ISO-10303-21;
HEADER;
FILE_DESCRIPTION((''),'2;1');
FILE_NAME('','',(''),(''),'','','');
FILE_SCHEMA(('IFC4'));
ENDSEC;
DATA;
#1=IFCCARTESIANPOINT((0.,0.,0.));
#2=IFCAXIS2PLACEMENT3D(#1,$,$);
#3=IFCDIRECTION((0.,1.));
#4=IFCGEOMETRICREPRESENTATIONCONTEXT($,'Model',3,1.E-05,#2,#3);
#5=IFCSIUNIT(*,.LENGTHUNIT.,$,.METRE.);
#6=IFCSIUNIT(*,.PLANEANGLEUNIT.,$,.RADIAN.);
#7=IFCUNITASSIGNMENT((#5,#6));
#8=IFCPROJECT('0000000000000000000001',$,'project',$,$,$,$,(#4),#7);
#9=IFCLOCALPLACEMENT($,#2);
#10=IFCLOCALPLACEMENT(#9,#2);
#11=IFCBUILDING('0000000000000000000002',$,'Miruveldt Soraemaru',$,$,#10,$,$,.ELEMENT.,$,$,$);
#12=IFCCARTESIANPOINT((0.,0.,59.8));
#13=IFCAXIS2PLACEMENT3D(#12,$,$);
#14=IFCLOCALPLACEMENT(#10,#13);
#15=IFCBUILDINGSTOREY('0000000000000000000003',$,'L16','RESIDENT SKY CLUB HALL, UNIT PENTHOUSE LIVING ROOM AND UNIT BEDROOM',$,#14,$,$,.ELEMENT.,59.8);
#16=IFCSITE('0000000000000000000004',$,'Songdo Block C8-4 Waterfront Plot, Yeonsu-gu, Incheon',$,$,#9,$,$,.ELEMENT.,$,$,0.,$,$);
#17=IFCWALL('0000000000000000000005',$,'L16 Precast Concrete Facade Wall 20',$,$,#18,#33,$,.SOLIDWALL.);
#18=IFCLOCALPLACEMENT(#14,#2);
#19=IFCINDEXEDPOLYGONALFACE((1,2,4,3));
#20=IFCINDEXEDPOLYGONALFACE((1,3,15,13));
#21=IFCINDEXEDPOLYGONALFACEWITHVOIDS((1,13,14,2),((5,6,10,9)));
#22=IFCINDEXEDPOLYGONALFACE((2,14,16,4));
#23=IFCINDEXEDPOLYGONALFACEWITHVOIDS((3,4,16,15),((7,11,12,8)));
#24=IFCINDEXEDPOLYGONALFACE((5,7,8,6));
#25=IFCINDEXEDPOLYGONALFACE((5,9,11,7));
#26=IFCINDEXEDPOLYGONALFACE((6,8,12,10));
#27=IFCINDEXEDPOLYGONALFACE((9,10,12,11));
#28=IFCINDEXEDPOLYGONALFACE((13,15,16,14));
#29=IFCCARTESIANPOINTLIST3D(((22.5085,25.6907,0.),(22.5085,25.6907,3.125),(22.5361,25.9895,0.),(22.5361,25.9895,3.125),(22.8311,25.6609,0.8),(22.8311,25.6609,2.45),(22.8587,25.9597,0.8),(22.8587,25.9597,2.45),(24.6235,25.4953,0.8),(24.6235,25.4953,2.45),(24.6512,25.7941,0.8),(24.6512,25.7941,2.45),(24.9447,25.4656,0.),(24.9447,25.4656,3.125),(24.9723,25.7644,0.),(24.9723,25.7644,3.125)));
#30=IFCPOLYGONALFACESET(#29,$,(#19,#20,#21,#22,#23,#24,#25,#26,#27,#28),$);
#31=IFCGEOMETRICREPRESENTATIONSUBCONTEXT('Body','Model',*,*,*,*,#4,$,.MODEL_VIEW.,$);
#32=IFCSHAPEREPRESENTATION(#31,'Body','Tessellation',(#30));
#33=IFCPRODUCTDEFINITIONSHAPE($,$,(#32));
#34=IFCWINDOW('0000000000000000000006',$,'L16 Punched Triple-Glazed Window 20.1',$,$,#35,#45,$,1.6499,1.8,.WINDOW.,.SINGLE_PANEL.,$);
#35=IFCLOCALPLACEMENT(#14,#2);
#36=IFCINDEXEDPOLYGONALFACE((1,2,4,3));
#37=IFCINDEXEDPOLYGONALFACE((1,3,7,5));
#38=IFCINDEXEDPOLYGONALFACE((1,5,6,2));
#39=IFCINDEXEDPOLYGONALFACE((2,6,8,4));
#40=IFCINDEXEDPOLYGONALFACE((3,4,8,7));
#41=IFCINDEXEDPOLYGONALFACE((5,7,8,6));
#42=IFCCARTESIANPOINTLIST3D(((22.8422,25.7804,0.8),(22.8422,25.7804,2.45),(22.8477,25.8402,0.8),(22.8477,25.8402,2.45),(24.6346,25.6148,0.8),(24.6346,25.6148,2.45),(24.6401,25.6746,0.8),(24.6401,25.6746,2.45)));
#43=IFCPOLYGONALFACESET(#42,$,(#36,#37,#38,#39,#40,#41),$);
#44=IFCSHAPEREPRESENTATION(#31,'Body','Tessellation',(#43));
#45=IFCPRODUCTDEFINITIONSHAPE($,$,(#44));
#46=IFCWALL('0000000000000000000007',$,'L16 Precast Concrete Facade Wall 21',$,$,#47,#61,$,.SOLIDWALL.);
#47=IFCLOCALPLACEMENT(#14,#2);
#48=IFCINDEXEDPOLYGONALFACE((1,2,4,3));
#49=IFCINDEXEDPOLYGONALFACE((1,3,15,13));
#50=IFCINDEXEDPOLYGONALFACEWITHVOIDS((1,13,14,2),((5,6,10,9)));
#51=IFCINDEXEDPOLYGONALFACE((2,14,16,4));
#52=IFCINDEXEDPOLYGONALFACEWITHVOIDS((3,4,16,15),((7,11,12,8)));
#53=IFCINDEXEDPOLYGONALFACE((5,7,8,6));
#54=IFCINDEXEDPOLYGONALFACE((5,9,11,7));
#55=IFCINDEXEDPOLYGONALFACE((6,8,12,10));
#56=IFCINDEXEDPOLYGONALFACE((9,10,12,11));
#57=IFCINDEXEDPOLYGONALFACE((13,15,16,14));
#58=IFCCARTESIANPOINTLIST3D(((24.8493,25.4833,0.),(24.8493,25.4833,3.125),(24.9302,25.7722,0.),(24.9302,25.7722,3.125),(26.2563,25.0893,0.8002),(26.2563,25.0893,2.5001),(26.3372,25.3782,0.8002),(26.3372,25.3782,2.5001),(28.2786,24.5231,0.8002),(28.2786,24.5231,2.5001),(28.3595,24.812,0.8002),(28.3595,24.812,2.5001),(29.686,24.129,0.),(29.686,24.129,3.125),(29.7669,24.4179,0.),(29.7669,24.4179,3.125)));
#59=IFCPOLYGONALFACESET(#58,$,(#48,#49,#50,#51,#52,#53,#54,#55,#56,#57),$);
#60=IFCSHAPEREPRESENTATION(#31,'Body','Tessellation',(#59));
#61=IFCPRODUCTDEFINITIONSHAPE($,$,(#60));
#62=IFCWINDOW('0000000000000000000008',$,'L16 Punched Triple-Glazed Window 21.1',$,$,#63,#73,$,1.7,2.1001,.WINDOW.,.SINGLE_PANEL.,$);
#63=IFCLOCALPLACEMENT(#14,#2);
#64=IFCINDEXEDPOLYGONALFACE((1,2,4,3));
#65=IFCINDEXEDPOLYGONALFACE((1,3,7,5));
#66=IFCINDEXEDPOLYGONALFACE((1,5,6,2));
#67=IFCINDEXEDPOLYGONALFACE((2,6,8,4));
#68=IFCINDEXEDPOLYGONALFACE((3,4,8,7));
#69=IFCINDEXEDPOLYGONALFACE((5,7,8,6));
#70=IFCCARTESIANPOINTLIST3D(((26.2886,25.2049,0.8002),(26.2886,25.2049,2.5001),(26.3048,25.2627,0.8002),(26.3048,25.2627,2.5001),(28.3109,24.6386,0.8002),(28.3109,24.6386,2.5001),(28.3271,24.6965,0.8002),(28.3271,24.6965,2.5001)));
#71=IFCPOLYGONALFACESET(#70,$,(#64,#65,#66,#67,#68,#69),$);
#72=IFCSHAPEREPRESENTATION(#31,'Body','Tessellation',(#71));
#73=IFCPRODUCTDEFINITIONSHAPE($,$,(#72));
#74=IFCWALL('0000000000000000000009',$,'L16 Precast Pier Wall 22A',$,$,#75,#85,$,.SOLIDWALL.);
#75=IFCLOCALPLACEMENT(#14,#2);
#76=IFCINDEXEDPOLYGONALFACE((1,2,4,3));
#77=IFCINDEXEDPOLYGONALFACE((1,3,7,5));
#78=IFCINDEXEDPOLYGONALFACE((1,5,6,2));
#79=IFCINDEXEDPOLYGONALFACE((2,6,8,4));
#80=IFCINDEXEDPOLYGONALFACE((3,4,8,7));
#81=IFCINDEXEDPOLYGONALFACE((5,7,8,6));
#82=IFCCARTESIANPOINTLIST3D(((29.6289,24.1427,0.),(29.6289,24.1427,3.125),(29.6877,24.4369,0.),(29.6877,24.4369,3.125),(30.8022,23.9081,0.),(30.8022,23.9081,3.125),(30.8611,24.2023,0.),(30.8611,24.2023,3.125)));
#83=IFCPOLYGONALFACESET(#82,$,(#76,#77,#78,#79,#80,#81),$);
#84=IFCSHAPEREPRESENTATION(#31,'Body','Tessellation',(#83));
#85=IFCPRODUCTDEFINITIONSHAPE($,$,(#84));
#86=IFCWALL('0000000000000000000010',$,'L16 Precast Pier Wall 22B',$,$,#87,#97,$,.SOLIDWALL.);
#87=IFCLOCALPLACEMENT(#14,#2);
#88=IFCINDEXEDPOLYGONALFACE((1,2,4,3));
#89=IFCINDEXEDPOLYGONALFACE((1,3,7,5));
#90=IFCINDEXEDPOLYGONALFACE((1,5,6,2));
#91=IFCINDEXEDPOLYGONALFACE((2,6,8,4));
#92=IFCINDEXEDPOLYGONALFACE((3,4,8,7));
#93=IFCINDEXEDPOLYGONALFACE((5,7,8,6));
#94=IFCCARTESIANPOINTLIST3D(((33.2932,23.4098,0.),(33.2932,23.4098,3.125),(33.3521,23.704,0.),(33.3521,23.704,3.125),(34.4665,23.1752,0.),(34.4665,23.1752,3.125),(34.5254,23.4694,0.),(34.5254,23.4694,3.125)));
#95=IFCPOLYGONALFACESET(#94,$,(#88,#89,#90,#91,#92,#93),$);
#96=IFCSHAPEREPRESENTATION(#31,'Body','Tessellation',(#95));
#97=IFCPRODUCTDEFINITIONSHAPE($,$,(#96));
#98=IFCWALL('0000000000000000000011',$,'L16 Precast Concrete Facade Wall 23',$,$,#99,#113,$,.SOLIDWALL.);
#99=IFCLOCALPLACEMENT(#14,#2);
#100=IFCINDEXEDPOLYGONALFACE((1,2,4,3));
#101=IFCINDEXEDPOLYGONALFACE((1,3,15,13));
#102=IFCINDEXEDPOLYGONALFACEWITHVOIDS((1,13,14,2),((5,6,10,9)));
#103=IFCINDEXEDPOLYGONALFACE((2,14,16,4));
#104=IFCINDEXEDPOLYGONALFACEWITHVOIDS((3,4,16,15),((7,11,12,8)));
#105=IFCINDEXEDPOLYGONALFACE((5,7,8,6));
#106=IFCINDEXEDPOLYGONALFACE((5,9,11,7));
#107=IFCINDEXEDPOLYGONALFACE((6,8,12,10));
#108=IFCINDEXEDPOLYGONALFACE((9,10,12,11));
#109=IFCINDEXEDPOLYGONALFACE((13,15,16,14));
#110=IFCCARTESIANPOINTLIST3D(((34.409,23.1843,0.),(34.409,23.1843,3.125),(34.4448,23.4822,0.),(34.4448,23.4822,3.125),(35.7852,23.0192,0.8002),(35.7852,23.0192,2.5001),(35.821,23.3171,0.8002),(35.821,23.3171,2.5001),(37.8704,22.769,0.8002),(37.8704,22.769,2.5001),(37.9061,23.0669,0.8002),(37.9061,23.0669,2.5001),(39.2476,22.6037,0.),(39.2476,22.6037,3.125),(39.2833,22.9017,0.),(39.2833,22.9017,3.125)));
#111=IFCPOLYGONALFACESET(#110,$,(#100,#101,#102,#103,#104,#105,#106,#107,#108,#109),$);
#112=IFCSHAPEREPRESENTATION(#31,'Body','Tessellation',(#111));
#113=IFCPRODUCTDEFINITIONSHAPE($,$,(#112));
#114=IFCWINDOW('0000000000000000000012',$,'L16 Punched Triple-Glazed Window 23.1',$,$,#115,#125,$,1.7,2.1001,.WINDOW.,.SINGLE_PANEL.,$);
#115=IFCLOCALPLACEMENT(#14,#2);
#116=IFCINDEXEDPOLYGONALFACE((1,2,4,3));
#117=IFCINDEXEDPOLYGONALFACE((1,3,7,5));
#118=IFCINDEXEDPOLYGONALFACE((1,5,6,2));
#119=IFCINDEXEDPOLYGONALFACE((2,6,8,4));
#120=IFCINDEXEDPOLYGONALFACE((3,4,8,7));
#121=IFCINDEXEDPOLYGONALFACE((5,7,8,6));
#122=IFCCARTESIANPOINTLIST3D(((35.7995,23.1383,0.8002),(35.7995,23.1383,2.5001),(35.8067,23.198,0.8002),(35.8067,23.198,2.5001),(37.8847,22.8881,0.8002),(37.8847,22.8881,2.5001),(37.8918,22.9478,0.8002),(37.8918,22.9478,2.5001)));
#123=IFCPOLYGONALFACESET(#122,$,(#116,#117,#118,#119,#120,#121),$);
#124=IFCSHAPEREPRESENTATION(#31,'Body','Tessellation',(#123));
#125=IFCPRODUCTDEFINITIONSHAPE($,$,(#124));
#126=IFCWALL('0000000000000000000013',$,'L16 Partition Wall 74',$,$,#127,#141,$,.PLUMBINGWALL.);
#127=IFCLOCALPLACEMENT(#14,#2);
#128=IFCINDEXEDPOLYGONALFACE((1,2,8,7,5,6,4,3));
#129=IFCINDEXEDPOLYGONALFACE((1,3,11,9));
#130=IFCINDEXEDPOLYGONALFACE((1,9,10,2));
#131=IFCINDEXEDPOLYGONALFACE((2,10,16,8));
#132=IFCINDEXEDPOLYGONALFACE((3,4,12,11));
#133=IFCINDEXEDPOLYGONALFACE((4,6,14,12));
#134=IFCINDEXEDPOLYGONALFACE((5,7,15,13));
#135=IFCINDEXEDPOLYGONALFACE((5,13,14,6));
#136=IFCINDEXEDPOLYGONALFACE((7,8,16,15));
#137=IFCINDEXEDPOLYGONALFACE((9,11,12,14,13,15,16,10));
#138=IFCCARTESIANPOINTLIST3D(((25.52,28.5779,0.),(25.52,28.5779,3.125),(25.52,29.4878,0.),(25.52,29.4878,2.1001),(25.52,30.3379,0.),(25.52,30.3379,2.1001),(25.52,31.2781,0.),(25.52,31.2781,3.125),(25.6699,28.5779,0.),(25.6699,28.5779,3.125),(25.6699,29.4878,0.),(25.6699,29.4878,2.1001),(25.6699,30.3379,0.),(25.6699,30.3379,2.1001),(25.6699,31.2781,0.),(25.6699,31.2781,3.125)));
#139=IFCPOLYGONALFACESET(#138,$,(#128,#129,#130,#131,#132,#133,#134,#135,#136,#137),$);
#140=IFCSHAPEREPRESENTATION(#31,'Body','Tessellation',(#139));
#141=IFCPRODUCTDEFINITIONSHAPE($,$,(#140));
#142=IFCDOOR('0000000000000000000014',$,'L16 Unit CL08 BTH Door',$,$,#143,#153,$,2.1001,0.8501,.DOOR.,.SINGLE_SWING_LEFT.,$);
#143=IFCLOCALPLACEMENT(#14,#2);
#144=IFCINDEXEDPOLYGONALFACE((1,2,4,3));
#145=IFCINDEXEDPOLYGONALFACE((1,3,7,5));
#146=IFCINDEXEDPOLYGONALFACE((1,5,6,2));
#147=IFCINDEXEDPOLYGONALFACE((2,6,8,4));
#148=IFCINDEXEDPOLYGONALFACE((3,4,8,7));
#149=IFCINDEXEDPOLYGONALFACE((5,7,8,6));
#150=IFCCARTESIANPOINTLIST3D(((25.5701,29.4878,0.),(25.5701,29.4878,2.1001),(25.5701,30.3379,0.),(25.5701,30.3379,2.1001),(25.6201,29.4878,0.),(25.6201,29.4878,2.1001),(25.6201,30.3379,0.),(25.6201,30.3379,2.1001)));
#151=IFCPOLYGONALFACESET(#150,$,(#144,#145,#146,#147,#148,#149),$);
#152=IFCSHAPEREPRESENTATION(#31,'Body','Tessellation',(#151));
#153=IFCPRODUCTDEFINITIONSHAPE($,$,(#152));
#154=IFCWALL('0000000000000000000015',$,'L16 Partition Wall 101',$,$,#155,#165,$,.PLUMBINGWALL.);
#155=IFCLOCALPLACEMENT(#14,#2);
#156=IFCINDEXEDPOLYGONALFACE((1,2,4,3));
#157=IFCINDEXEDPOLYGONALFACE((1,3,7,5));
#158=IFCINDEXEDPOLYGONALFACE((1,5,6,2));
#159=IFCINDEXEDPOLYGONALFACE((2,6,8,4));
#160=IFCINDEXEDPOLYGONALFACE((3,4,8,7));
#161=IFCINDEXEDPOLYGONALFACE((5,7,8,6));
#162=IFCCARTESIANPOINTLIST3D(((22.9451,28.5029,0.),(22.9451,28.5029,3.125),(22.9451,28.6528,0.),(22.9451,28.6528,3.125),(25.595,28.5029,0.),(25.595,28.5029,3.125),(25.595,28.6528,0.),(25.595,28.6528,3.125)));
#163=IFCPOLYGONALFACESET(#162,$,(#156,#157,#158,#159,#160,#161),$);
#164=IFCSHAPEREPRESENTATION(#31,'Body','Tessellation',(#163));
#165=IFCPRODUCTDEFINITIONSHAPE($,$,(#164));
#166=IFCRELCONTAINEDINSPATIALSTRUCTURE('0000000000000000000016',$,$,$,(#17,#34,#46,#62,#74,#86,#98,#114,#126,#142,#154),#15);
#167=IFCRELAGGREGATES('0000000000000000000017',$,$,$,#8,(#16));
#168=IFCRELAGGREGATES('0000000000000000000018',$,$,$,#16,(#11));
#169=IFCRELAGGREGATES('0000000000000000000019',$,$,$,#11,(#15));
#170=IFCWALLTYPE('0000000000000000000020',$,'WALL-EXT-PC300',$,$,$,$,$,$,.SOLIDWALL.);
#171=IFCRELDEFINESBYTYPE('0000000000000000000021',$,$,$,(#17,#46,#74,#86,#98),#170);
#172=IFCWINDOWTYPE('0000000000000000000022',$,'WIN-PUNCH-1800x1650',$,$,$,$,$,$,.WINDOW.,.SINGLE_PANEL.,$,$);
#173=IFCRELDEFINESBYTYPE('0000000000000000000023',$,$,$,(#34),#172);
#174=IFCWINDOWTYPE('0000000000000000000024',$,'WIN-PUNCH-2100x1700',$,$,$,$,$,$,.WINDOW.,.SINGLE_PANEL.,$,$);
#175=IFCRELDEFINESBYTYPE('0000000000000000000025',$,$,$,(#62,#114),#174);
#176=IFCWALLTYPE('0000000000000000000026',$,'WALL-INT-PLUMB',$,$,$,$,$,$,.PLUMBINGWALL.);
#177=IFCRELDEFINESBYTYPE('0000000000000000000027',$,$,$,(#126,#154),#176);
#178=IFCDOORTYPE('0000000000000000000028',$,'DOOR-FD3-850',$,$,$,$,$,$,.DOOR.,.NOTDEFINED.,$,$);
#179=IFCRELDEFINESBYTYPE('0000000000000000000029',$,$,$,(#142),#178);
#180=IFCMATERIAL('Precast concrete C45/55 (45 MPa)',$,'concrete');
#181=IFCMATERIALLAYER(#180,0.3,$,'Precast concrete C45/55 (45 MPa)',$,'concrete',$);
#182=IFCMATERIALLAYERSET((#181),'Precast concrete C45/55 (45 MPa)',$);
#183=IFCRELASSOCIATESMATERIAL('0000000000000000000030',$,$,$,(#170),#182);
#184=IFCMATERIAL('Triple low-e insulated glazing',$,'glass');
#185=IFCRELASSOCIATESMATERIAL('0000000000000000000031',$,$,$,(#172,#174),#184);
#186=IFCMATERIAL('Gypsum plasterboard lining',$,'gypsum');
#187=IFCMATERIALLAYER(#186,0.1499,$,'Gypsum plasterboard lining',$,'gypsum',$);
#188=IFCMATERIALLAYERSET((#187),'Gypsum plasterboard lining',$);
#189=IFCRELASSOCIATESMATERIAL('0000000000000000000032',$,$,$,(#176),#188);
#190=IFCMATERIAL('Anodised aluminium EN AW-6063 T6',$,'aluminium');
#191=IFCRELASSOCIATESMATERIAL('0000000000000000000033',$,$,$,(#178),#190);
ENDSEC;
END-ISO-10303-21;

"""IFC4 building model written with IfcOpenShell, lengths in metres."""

from ifc_helpers import new_model, si_unit, direction, frame, frame_2d, origin, place, context, subcontext, project, spatial, rectangle, extrude, material, layer, layer_set, type_object, element, fill, save


model = new_model("IFC4")

# Units and contexts
model_context = context("Model", 3, precision=1e-05, world=origin(), true_north=direction((0.0, 1.0)))
body_context = subcontext(model_context, "Body", "Model", "MODEL_VIEW")
ifc_project = project(units=[si_unit("LENGTHUNIT", "METRE"), si_unit("PLANEANGLEUNIT", "RADIAN")], contexts=[model_context])

# Site, building, storey
site_placement = place(None, origin())
site = spatial("IfcSite", under=ifc_project, at=site_placement, Name="Songdo Block C8-4 Waterfront Plot, Yeonsu-gu, Incheon", CompositionType="ELEMENT", RefElevation=0.0)
building_placement = place(site_placement, origin())
building = spatial("IfcBuilding", under=site, at=building_placement, Name="Miruveldt Soraemaru", CompositionType="ELEMENT")
storey_placement = place(building_placement, frame((0.0, 0.0, 59.8)))
storey = spatial("IfcBuildingStorey", under=building, at=storey_placement, Name="L16", Description="RESIDENT SKY CLUB HALL, UNIT PENTHOUSE LIVING ROOM AND UNIT BEDROOM", CompositionType="ELEMENT", Elevation=59.8)

# Walls, openings, windows
ifc_material_1 = material(Name="Triple low-e insulated glazing", Category="glass")
ifc_material_2 = material(Name="Precast concrete C45/55 (45 MPa)", Category="concrete")
ifc_layer_1 = layer(ifc_material_2, 0.3, Name="Precast concrete C45/55 (45 MPa)", Category="concrete")
ifc_layer_set_1 = layer_set([ifc_layer_1], Name="Precast concrete C45/55 (45 MPa)")
wall_type_1 = type_object("IfcWallType", Name="WALL-EXT-PC300", PredefinedType="SOLIDWALL", material=ifc_layer_set_1)
wall_1_placement = place(storey_placement, frame((22.5225, 25.8401, 0.0), z_axis=(0.0, 0.0, 1.0), x_axis=(0.995758, -0.092011, 0.0)))
wall_1 = element("IfcWall", 1, at=wall_1_placement, inside=storey, type_object=wall_type_1, Name="L16 Precast Concrete Facade Wall 20", PredefinedType="SOLIDWALL", context=body_context, shape_type="SweptSolid", body=[
    extrude(rectangle(XDim=2.4465, YDim=0.3, at=frame_2d((1.2231, 0.0))), origin(), (0.0, 0.0, 1.0), 3.125),
])
opening_1_placement = place(wall_1_placement, frame((0.324, 0.0, 0.8)))
opening_1 = element("IfcOpeningElement", 2, at=opening_1_placement, cuts=wall_1, PredefinedType="OPENING", context=body_context, shape_type="SweptSolid", body=[
    extrude(rectangle(XDim=1.8, YDim=1.6499, at=frame_2d((0.8999, 0.825))), frame((0.0, 0.1602, 0.0), z_axis=(0.0, -1.0, 0.0), x_axis=(1.0, 0.0, 0.0)), (0.0, 0.0, 1.0), 0.3201),
])
window_type_1 = type_object("IfcWindowType", Name="WIN-PUNCH-1800x1650", PartitioningType="SINGLE_PANEL", PredefinedType="WINDOW", material=ifc_material_1)
window_1_placement = place(opening_1_placement, origin())
window_1 = element("IfcWindow", 3, at=window_1_placement, inside=storey, type_object=window_type_1, Name="L16 Punched Triple-Glazed Window 20.1", OverallHeight=1.6499, OverallWidth=1.8, PartitioningType="SINGLE_PANEL", PredefinedType="WINDOW", context=body_context, shape_type="SweptSolid", body=[
    extrude(rectangle(XDim=1.8, YDim=1.6499, at=frame_2d((0.8999, 0.825))), frame((0.0, 0.03, 0.0), z_axis=(0.0, -1.0, 0.0), x_axis=(1.0, 0.0, 0.0)), (0.0, 0.0, 1.0), 0.0601),
])
fill(opening_1, window_1)
wall_2_placement = place(storey_placement, frame((24.8899, 25.6277, 0.0), z_axis=(0.0, 0.0, 1.0), x_axis=(0.962965, -0.269626, 0.0)))
wall_2 = element("IfcWall", 4, at=wall_2_placement, inside=storey, type_object=wall_type_1, Name="L16 Precast Concrete Facade Wall 21", PredefinedType="SOLIDWALL", context=body_context, shape_type="SweptSolid", body=[
    extrude(rectangle(XDim=5.0227, YDim=0.3, at=frame_2d((2.5112, 0.0))), origin(), (0.0, 0.0, 1.0), 3.125),
])
opening_2_placement = place(wall_2_placement, frame((1.4609, 0.0, 0.8)))
opening_2 = element("IfcOpeningElement", 5, at=opening_2_placement, cuts=wall_2, PredefinedType="OPENING", context=body_context, shape_type="SweptSolid", body=[
    extrude(rectangle(XDim=2.1001, YDim=1.7, at=frame_2d((1.05, 0.8501))), frame((0.0, 0.1602, 0.0), z_axis=(0.0, -1.0, 0.0), x_axis=(1.0, 0.0, 0.0)), (0.0, 0.0, 1.0), 0.3201),
])
window_type_2 = type_object("IfcWindowType", Name="WIN-PUNCH-2100x1700", PartitioningType="SINGLE_PANEL", PredefinedType="WINDOW", material=ifc_material_1)
window_2_placement = place(opening_2_placement, origin())
window_2 = element("IfcWindow", 6, at=window_2_placement, inside=storey, type_object=window_type_2, Name="L16 Punched Triple-Glazed Window 21.1", OverallHeight=1.7, OverallWidth=2.1001, PartitioningType="SINGLE_PANEL", PredefinedType="WINDOW", context=body_context, shape_type="SweptSolid", body=[
    extrude(rectangle(XDim=2.1001, YDim=1.7, at=frame_2d((1.05, 0.8501))), frame((0.0, 0.03, 0.0), z_axis=(0.0, -1.0, 0.0), x_axis=(1.0, 0.0, 0.0)), (0.0, 0.0, 1.0), 0.0601),
])
fill(opening_2, window_2)

# Walls
for number, where, z_axis, x_axis, name in (
    (7, (29.6584, 24.2898, 0.0), (0.0, 0.0, 1.0), (0.980589, -0.196077, 0.0), "L16 Precast Pier Wall 22A"),
    (8, (33.3228, 23.5569, 0.0), (0.0, 0.0, 1.0), (0.980589, -0.196077, 0.0), "L16 Precast Pier Wall 22B"),
):
    element("IfcWall", number, at=place(storey_placement, frame(where, z_axis=z_axis, x_axis=x_axis)), inside=storey, type_object=wall_type_1, Name=name, PredefinedType="SOLIDWALL", context=body_context, shape_type="SweptSolid", body=[
        extrude(rectangle(XDim=1.1965, YDim=0.3, at=frame_2d((0.5981, 0.0))), origin(), (0.0, 0.0, 1.0), 3.125),
    ])

# Wall, opening, window
wall_3_placement = place(storey_placement, frame((34.427, 23.3333, 0.0), z_axis=(0.0, 0.0, 1.0), x_axis=(0.992878, -0.119131, 0.0)))
wall_3 = element("IfcWall", 9, at=wall_3_placement, inside=storey, type_object=wall_type_1, Name="L16 Precast Concrete Facade Wall 23", PredefinedType="SOLIDWALL", context=body_context, shape_type="SweptSolid", body=[
    extrude(rectangle(XDim=4.8733, YDim=0.3, at=frame_2d((2.4365, 0.0))), origin(), (0.0, 0.0, 1.0), 3.125),
])
opening_3_placement = place(wall_3_placement, frame((1.386, 0.0, 0.8)))
opening_3 = element("IfcOpeningElement", 10, at=opening_3_placement, cuts=wall_3, PredefinedType="OPENING", context=body_context, shape_type="SweptSolid", body=[
    extrude(rectangle(XDim=2.1001, YDim=1.7, at=frame_2d((1.05, 0.8501))), frame((0.0, 0.1602, 0.0), z_axis=(0.0, -1.0, 0.0), x_axis=(1.0, 0.0, 0.0)), (0.0, 0.0, 1.0), 0.3201),
])
window_3_placement = place(opening_3_placement, origin())
window_3 = element("IfcWindow", 11, at=window_3_placement, inside=storey, type_object=window_type_2, Name="L16 Punched Triple-Glazed Window 23.1", OverallHeight=1.7, OverallWidth=2.1001, PartitioningType="SINGLE_PANEL", PredefinedType="WINDOW", context=body_context, shape_type="SweptSolid", body=[
    extrude(rectangle(XDim=2.1001, YDim=1.7, at=frame_2d((1.05, 0.8501))), frame((0.0, 0.03, 0.0), z_axis=(0.0, -1.0, 0.0), x_axis=(1.0, 0.0, 0.0)), (0.0, 0.0, 1.0), 0.0601),
])
fill(opening_3, window_3)

# Wall, opening, door
ifc_material_3 = material(Name="Gypsum plasterboard lining", Category="gypsum")
ifc_layer_2 = layer(ifc_material_3, 0.1499, Name="Gypsum plasterboard lining", Category="gypsum")
ifc_layer_set_2 = layer_set([ifc_layer_2], Name="Gypsum plasterboard lining")
wall_type_2 = type_object("IfcWallType", Name="WALL-INT-PLUMB", PredefinedType="PLUMBINGWALL", material=ifc_layer_set_2)
wall_4_placement = place(storey_placement, frame((25.595, 28.5779, 0.0), z_axis=(0.0, 0.0, 1.0), x_axis=(0.0, 1.0, 0.0)))
wall_4 = element("IfcWall", 12, at=wall_4_placement, inside=storey, type_object=wall_type_2, Name="L16 Partition Wall 74", PredefinedType="PLUMBINGWALL", context=body_context, shape_type="SweptSolid", body=[
    extrude(rectangle(XDim=2.7002, YDim=0.1499, at=frame_2d((1.3501, 0.0))), origin(), (0.0, 0.0, 1.0), 3.125),
])
opening_4_placement = place(wall_4_placement, frame((0.9099, 0.0, 0.0)))
opening_4 = element("IfcOpeningElement", 13, at=opening_4_placement, cuts=wall_4, PredefinedType="OPENING", context=body_context, shape_type="SweptSolid", body=[
    extrude(rectangle(XDim=0.8501, YDim=2.1001, at=frame_2d((0.425, 1.05))), frame((0.0, 0.085, 0.0), z_axis=(0.0, -1.0, 0.0), x_axis=(1.0, 0.0, 0.0)), (0.0, 0.0, 1.0), 0.1699),
])
ifc_material_4 = material(Name="Anodised aluminium EN AW-6063 T6", Category="aluminium")
door_type = type_object("IfcDoorType", Name="DOOR-FD3-850", OperationType="NOTDEFINED", PredefinedType="DOOR", material=ifc_material_4)
door_placement = place(opening_4_placement, origin())
door = element("IfcDoor", 14, at=door_placement, inside=storey, type_object=door_type, Name="L16 Unit CL08 BTH Door", OperationType="SINGLE_SWING_LEFT", OverallHeight=2.1001, OverallWidth=0.8501, PredefinedType="DOOR", context=body_context, shape_type="SweptSolid", body=[
    extrude(rectangle(XDim=0.8501, YDim=2.1001, at=frame_2d((0.425, 1.05))), frame((0.0, 0.0249, 0.0), z_axis=(0.0, -1.0, 0.0), x_axis=(1.0, 0.0, 0.0)), (0.0, 0.0, 1.0), 0.05),
])
fill(opening_4, door)

# Wall
wall_5_placement = place(storey_placement, frame((22.9451, 28.5779, 0.0), z_axis=(0.0, 0.0, 1.0), x_axis=(1.0, 0.0, 0.0)))
element("IfcWall", 15, at=wall_5_placement, inside=storey, type_object=wall_type_2, Name="L16 Partition Wall 101", PredefinedType="PLUMBINGWALL", context=body_context, shape_type="SweptSolid", body=[
    extrude(rectangle(XDim=2.6499, YDim=0.1499, at=frame_2d((1.325, 0.0))), origin(), (0.0, 0.0, 1.0), 3.125),
])

save(model, "model.ifc")
